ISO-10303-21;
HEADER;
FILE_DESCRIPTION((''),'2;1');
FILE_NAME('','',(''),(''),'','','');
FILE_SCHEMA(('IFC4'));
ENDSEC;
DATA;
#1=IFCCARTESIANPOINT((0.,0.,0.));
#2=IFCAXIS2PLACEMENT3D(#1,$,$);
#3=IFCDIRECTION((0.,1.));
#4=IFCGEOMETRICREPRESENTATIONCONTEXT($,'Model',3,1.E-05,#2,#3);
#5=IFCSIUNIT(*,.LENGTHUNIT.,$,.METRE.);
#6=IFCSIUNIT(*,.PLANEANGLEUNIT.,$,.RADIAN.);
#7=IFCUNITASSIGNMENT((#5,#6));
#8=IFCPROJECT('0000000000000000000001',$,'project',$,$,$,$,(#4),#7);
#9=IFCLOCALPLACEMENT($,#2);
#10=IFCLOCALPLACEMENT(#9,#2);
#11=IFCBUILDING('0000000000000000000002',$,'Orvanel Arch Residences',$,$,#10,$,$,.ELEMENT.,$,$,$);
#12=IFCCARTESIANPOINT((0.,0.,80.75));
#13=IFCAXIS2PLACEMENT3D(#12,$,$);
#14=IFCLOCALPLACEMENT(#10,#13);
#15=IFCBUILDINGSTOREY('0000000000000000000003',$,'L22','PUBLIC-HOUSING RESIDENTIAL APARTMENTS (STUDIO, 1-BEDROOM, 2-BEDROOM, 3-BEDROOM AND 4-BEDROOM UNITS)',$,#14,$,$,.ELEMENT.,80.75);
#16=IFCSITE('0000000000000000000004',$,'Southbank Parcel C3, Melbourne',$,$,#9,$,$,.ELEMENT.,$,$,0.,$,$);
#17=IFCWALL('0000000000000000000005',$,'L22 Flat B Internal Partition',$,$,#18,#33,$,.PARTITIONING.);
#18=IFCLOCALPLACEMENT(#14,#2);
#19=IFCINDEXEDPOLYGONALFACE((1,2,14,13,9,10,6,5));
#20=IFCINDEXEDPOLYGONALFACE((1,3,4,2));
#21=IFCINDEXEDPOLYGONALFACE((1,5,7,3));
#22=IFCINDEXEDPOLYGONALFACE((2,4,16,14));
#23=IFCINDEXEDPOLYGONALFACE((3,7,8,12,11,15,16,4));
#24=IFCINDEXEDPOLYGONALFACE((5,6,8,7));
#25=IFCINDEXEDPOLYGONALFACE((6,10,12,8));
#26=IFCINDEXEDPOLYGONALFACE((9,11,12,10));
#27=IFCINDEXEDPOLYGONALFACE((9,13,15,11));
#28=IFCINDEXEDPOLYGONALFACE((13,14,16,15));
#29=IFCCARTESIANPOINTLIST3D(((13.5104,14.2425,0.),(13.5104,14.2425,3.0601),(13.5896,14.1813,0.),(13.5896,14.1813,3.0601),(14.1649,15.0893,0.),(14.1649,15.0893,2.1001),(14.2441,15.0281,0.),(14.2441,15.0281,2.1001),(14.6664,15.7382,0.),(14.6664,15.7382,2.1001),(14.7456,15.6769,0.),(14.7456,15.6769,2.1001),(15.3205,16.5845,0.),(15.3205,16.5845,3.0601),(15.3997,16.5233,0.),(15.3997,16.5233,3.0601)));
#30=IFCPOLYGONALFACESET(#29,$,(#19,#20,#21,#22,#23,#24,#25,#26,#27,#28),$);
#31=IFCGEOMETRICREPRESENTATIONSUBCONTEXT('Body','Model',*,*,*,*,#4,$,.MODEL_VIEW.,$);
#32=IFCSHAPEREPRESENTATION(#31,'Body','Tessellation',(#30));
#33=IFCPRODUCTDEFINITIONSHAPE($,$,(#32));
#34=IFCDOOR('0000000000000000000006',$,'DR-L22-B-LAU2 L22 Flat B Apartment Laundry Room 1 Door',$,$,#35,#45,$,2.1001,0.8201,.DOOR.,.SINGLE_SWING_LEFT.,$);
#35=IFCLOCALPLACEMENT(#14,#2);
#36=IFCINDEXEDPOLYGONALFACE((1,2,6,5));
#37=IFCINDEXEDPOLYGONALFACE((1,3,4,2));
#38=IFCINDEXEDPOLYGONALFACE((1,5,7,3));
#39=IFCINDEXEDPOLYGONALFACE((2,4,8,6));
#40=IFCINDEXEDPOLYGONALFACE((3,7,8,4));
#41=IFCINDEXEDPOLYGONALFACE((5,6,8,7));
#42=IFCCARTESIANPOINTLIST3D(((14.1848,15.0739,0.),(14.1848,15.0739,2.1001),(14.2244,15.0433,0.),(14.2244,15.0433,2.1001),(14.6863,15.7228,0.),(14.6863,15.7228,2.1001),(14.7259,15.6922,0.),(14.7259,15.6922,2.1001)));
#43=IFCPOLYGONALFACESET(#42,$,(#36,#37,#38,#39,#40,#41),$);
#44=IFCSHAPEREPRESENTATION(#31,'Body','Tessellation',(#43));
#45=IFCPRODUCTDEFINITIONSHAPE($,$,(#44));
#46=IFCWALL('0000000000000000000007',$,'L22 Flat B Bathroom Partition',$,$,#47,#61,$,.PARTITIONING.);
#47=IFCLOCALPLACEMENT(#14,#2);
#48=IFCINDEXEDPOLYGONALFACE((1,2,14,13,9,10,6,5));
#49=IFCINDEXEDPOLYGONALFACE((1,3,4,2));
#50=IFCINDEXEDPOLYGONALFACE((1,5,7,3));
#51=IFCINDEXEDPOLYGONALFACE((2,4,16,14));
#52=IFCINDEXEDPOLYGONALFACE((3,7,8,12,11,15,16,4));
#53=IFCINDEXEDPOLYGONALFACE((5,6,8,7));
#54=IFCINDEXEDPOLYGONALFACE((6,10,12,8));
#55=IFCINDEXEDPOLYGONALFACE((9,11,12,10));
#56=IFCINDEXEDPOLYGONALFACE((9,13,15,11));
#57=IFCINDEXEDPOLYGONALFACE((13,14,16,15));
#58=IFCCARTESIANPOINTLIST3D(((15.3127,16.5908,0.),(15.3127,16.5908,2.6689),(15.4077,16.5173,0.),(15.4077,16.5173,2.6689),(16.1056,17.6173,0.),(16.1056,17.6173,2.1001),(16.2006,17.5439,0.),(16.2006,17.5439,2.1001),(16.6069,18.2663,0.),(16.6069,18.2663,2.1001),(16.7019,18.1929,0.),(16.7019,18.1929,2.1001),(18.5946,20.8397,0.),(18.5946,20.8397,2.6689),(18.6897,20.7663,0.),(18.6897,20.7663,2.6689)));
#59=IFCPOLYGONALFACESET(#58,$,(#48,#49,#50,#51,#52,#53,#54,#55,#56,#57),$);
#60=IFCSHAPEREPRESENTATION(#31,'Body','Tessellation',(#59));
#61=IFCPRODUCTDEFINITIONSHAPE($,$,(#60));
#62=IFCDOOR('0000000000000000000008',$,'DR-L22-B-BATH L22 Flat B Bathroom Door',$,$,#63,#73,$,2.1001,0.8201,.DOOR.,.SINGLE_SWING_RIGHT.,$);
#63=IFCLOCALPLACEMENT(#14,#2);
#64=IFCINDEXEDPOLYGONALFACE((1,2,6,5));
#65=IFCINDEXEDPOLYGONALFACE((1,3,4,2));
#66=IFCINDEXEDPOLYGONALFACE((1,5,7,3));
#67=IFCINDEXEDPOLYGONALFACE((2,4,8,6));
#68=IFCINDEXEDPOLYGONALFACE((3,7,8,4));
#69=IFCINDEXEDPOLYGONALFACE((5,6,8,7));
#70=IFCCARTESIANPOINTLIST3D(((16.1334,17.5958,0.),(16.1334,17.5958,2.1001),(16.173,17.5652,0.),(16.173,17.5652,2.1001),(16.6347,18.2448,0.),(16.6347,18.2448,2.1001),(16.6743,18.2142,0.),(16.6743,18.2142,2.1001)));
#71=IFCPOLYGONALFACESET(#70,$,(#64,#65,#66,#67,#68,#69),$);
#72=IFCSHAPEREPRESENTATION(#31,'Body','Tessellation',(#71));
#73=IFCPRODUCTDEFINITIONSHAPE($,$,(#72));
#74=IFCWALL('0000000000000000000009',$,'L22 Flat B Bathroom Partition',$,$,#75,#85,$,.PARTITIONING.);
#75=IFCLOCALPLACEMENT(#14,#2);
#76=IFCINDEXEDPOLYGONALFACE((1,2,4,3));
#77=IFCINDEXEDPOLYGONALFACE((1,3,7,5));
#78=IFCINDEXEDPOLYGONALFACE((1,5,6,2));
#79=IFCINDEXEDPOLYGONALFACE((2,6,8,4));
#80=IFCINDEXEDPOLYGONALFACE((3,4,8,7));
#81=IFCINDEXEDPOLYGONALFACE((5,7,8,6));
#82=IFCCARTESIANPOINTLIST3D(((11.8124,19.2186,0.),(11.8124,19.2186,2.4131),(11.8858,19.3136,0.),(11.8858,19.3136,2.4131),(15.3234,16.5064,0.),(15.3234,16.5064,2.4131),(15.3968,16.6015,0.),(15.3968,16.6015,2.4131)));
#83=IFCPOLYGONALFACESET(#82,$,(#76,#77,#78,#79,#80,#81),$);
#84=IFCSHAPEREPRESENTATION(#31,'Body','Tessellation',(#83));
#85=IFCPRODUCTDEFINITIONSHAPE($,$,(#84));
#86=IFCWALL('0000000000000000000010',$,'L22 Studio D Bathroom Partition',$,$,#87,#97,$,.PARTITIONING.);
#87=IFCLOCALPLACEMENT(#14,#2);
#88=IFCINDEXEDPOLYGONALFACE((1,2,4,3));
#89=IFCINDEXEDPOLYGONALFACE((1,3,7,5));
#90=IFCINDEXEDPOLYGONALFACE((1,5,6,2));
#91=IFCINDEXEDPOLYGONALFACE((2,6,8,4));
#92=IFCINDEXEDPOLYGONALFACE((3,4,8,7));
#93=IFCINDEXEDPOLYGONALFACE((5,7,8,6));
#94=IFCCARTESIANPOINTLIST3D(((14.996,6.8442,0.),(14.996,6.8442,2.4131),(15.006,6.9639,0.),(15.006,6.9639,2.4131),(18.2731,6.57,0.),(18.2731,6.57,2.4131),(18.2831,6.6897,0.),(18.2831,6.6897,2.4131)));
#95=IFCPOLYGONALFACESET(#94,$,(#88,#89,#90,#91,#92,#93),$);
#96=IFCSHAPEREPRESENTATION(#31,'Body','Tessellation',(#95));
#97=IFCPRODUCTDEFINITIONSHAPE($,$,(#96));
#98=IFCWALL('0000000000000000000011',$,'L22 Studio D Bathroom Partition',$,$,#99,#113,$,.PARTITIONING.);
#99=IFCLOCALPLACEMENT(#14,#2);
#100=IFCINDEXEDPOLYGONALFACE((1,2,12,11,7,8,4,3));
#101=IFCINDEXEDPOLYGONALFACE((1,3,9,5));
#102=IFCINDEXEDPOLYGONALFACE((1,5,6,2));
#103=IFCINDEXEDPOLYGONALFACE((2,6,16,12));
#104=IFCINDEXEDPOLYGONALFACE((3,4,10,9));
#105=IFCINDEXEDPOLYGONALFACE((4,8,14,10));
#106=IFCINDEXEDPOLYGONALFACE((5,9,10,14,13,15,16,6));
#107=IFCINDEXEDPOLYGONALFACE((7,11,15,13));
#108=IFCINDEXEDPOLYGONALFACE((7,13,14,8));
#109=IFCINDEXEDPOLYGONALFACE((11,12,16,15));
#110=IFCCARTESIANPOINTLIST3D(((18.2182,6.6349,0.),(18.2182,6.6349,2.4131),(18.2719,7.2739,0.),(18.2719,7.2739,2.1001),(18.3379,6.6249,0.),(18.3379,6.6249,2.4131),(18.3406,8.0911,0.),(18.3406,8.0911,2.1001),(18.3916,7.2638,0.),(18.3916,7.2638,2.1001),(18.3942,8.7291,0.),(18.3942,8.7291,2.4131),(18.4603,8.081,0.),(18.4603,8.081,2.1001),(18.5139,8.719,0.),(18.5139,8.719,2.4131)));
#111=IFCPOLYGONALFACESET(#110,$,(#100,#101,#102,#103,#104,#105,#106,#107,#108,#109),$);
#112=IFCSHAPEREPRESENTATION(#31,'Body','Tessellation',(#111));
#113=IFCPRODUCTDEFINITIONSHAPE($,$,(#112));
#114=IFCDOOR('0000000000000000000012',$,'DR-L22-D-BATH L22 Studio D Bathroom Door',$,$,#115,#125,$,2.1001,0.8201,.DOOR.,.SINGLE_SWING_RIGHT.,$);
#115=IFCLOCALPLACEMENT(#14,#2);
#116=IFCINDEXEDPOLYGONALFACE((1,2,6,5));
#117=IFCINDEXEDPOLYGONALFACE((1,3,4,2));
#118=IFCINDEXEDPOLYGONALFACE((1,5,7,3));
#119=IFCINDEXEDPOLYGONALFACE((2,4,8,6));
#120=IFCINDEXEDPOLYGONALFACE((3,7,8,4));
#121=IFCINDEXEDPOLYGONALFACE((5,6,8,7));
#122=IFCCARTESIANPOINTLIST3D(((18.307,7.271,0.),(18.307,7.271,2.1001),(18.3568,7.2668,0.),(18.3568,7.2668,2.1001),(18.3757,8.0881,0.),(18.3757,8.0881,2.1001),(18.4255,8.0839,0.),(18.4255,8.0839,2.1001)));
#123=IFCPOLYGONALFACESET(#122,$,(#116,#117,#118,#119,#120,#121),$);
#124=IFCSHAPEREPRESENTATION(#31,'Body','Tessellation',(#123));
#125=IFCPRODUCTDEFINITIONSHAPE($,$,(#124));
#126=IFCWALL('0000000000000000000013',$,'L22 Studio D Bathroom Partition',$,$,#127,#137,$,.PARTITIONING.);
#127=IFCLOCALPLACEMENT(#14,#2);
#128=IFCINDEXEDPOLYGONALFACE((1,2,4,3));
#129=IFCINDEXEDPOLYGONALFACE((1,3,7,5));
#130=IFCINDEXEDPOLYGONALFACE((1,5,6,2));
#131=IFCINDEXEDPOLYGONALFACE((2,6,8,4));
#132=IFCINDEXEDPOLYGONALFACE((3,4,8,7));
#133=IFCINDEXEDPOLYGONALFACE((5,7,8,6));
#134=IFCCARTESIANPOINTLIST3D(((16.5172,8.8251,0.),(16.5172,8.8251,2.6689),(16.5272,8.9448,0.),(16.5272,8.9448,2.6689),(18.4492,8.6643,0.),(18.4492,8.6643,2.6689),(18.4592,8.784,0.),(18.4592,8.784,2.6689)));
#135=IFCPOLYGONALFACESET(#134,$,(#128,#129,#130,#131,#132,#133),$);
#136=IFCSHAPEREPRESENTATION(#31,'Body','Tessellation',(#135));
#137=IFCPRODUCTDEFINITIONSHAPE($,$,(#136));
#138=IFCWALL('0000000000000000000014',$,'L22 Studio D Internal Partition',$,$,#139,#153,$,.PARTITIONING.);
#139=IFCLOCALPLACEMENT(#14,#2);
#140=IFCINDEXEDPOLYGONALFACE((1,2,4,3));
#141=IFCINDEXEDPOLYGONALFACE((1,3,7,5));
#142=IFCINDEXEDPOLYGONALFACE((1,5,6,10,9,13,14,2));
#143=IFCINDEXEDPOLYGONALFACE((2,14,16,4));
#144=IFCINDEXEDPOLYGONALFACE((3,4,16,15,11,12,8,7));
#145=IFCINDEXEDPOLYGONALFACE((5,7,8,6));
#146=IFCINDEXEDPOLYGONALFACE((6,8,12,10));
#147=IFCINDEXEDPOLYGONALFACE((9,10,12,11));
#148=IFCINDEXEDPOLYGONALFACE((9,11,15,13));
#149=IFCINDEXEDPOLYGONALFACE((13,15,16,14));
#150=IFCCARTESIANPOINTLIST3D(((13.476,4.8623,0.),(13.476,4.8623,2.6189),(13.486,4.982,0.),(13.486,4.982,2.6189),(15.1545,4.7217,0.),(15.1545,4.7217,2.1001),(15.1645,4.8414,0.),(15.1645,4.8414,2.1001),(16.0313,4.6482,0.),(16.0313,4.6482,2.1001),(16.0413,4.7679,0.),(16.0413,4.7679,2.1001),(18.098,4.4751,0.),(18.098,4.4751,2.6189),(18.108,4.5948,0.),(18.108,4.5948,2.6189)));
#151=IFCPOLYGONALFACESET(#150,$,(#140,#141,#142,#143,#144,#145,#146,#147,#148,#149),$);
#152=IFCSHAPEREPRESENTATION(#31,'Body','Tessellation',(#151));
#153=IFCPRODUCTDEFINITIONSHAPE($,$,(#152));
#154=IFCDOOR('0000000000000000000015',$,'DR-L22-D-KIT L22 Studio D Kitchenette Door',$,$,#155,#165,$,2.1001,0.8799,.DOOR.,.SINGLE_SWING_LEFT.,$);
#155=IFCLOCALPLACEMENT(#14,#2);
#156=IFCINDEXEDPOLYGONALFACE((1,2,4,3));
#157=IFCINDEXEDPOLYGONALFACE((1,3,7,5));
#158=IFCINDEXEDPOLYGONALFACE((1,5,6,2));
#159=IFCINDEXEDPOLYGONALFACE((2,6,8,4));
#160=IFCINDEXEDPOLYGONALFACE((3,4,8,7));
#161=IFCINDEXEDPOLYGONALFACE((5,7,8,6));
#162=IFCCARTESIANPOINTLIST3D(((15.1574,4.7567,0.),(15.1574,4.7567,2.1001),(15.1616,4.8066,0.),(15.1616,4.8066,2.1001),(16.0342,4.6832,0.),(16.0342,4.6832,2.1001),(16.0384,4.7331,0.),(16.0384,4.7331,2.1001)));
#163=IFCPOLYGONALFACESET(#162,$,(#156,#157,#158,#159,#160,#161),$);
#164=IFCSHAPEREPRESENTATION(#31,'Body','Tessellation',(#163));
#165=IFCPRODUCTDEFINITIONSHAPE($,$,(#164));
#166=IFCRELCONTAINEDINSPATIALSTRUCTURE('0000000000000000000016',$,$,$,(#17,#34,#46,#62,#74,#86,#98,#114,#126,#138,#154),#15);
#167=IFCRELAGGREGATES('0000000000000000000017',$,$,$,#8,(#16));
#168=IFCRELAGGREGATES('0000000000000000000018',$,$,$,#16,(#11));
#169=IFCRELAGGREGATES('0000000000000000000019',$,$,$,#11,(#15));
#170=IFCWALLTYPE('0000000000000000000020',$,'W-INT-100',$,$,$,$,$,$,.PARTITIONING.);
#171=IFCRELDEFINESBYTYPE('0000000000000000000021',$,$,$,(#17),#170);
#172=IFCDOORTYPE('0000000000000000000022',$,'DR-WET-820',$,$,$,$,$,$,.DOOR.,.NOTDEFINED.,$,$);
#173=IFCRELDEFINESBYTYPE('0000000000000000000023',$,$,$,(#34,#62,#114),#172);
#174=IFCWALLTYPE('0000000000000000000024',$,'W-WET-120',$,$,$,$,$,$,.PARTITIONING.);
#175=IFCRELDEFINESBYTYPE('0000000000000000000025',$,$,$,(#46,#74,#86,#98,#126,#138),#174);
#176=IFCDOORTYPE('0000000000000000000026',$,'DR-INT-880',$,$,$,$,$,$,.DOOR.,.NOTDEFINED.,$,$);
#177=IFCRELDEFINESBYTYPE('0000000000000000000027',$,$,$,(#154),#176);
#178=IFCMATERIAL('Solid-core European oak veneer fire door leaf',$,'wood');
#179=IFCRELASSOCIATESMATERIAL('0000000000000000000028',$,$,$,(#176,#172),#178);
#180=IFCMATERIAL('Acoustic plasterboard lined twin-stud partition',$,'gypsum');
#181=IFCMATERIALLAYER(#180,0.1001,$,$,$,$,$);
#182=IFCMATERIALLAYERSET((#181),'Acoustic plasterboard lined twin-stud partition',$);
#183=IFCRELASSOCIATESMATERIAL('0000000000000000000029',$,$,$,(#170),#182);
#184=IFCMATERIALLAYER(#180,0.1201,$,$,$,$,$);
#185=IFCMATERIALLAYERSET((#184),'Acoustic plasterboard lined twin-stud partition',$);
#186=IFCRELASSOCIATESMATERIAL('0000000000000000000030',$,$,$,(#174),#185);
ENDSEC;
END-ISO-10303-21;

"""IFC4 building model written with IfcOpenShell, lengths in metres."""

from ifc_helpers import new_model, si_unit, direction, frame, frame_2d, origin, place, context, subcontext, project, spatial, rectangle, extrude, material, layer, layer_set, type_object, element, fill, save


model = new_model("IFC4")

# Units and contexts
model_context = context("Model", 3, precision=1e-05, world=origin(), true_north=direction((0.0, 1.0)))
body_context = subcontext(model_context, "Body", "Model", "MODEL_VIEW")
ifc_project = project(units=[si_unit("LENGTHUNIT", "METRE"), si_unit("PLANEANGLEUNIT", "RADIAN")], contexts=[model_context])

# Site, building, storey
site_placement = place(None, origin())
site = spatial("IfcSite", under=ifc_project, at=site_placement, Name="Southbank Parcel C3, Melbourne", CompositionType="ELEMENT", RefElevation=0.0)
building_placement = place(site_placement, origin())
building = spatial("IfcBuilding", under=site, at=building_placement, Name="Orvanel Arch Residences", CompositionType="ELEMENT")
storey_placement = place(building_placement, frame((0.0, 0.0, 80.75)))
storey = spatial("IfcBuildingStorey", under=building, at=storey_placement, Name="L22", Description="PUBLIC-HOUSING RESIDENTIAL APARTMENTS (STUDIO, 1-BEDROOM, 2-BEDROOM, 3-BEDROOM AND 4-BEDROOM UNITS)", CompositionType="ELEMENT", Elevation=80.75)

# Shared definitions
ifc_material_1 = material(Name="Solid-core European oak veneer fire door leaf", Category="wood")
door_type_1 = type_object("IfcDoorType", Name="DR-INT-880", OperationType="NOTDEFINED", PredefinedType="DOOR", material=ifc_material_1)

# Walls, openings, doors
ifc_material_2 = material(Name="Acoustic plasterboard lined twin-stud partition", Category="gypsum")
ifc_layer_1 = layer(ifc_material_2, 0.1001)
ifc_layer_set_1 = layer_set([ifc_layer_1], Name="Acoustic plasterboard lined twin-stud partition")
wall_type_1 = type_object("IfcWallType", Name="W-INT-100", PredefinedType="PARTITIONING", material=ifc_layer_set_1)
wall_1_placement = place(storey_placement, frame((13.55, 14.2119, 0.0), z_axis=(0.0, 0.0, 1.0), x_axis=(0.611511, 0.791236, 0.0)))
wall_1 = element("IfcWall", 1, at=wall_1_placement, inside=storey, type_object=wall_type_1, Name="L22 Flat B Internal Partition", PredefinedType="PARTITIONING", context=body_context, shape_type="SweptSolid", body=[
    extrude(rectangle(XDim=2.96, YDim=0.1001, at=frame_2d((1.48, 0.0))), origin(), (0.0, 0.0, 1.0), 3.0601),
])
opening_1_placement = place(wall_1_placement, frame((1.0701, 0.0, 0.0)))
opening_1 = element("IfcOpeningElement", 2, at=opening_1_placement, cuts=wall_1, PredefinedType="OPENING", context=body_context, shape_type="SweptSolid", body=[
    extrude(rectangle(XDim=0.8201, YDim=2.1001, at=frame_2d((0.4102, 1.05))), frame((0.0, 0.0601, 0.0), z_axis=(0.0, -1.0, 0.0), x_axis=(1.0, 0.0, 0.0)), (0.0, 0.0, 1.0), 0.1201),
])
door_type_2 = type_object("IfcDoorType", Name="DR-WET-820", OperationType="NOTDEFINED", PredefinedType="DOOR", material=ifc_material_1)
door_1_placement = place(opening_1_placement, origin())
door_1 = element("IfcDoor", 3, at=door_1_placement, inside=storey, type_object=door_type_2, Name="DR-L22-B-LAU2 L22 Flat B Apartment Laundry Room 1 Door", OperationType="SINGLE_SWING_LEFT", OverallHeight=2.1001, OverallWidth=0.8201, PredefinedType="DOOR", context=body_context, shape_type="SweptSolid", body=[
    extrude(rectangle(XDim=0.8201, YDim=2.1001, at=frame_2d((0.4102, 1.05))), frame((0.0, 0.0249, 0.0), z_axis=(0.0, -1.0, 0.0), x_axis=(1.0, 0.0, 0.0)), (0.0, 0.0, 1.0), 0.05),
])
fill(opening_1, door_1)
ifc_layer_2 = layer(ifc_material_2, 0.1201)
ifc_layer_set_2 = layer_set([ifc_layer_2], Name="Acoustic plasterboard lined twin-stud partition")
wall_type_2 = type_object("IfcWallType", Name="W-WET-120", PredefinedType="PARTITIONING", material=ifc_layer_set_2)
wall_2_placement = place(storey_placement, frame((15.3601, 16.554, 0.0), z_axis=(0.0, 0.0, 1.0), x_axis=(0.61129, 0.791407, 0.0)))
wall_2 = element("IfcWall", 4, at=wall_2_placement, inside=storey, type_object=wall_type_2, Name="L22 Flat B Bathroom Partition", PredefinedType="PARTITIONING", context=body_context, shape_type="SweptSolid", body=[
    extrude(rectangle(XDim=5.3689, YDim=0.1201, at=frame_2d((2.6846, 0.0))), origin(), (0.0, 0.0, 1.0), 2.6689),
])
opening_2_placement = place(wall_2_placement, frame((1.2971, 0.0, 0.0)))
opening_2 = element("IfcOpeningElement", 5, at=opening_2_placement, cuts=wall_2, PredefinedType="OPENING", context=body_context, shape_type="SweptSolid", body=[
    extrude(rectangle(XDim=0.8201, YDim=2.1001, at=frame_2d((0.4102, 1.05))), frame((0.0, 0.0701, 0.0), z_axis=(0.0, -1.0, 0.0), x_axis=(1.0, 0.0, 0.0)), (0.0, 0.0, 1.0), 0.1401),
])
door_2_placement = place(opening_2_placement, origin())
door_2 = element("IfcDoor", 6, at=door_2_placement, inside=storey, type_object=door_type_2, Name="DR-L22-B-BATH L22 Flat B Bathroom Door", OperationType="SINGLE_SWING_RIGHT", OverallHeight=2.1001, OverallWidth=0.8201, PredefinedType="DOOR", context=body_context, shape_type="SweptSolid", body=[
    extrude(rectangle(XDim=0.8201, YDim=2.1001, at=frame_2d((0.4102, 1.05))), frame((0.0, 0.0249, 0.0), z_axis=(0.0, -1.0, 0.0), x_axis=(1.0, 0.0, 0.0)), (0.0, 0.0, 1.0), 0.05),
])
fill(opening_2, door_2)

# Walls
wall_3_placement = place(storey_placement, frame((15.3601, 16.554, 0.0), z_axis=(0.0, 0.0, 1.0), x_axis=(-0.791381, 0.611324, 0.0)))
element("IfcWall", 7, at=wall_3_placement, inside=storey, type_object=wall_type_2, Name="L22 Flat B Bathroom Partition", PredefinedType="PARTITIONING", context=body_context, shape_type="SweptSolid", body=[
    extrude(rectangle(XDim=4.4365, YDim=0.1201, at=frame_2d((2.2183, 0.0))), origin(), (0.0, 0.0, 1.0), 2.4131),
])
wall_4_placement = place(storey_placement, frame((15.001, 6.9041, 0.0), z_axis=(0.0, 0.0, 1.0), x_axis=(0.996519, -0.083371, 0.0)))
element("IfcWall", 8, at=wall_4_placement, inside=storey, type_object=wall_type_2, Name="L22 Studio D Bathroom Partition", PredefinedType="PARTITIONING", context=body_context, shape_type="SweptSolid", body=[
    extrude(rectangle(XDim=3.2886, YDim=0.1201, at=frame_2d((1.6443, 0.0))), origin(), (0.0, 0.0, 1.0), 2.4131),
])

# Wall, opening, door
wall_5_placement = place(storey_placement, frame((18.2781, 6.6299, 0.0), z_axis=(0.0, 0.0, 1.0), x_axis=(0.083757, 0.996486, 0.0)))
wall_5 = element("IfcWall", 9, at=wall_5_placement, inside=storey, type_object=wall_type_2, Name="L22 Studio D Bathroom Partition", PredefinedType="PARTITIONING", context=body_context, shape_type="SweptSolid", body=[
    extrude(rectangle(XDim=2.1016, YDim=0.1201, at=frame_2d((1.0508, 0.0))), origin(), (0.0, 0.0, 1.0), 2.4131),
])
opening_3_placement = place(wall_5_placement, frame((0.6411, 0.0, 0.0)))
opening_3 = element("IfcOpeningElement", 10, at=opening_3_placement, cuts=wall_5, PredefinedType="OPENING", context=body_context, shape_type="SweptSolid", body=[
    extrude(rectangle(XDim=0.8201, YDim=2.1001, at=frame_2d((0.4102, 1.05))), frame((0.0, 0.0701, 0.0), z_axis=(0.0, -1.0, 0.0), x_axis=(1.0, 0.0, 0.0)), (0.0, 0.0, 1.0), 0.1401),
])
door_3_placement = place(opening_3_placement, origin())
door_3 = element("IfcDoor", 11, at=door_3_placement, inside=storey, type_object=door_type_2, Name="DR-L22-D-BATH L22 Studio D Bathroom Door", OperationType="SINGLE_SWING_RIGHT", OverallHeight=2.1001, OverallWidth=0.8201, PredefinedType="DOOR", context=body_context, shape_type="SweptSolid", body=[
    extrude(rectangle(XDim=0.8201, YDim=2.1001, at=frame_2d((0.4102, 1.05))), frame((0.0, 0.0249, 0.0), z_axis=(0.0, -1.0, 0.0), x_axis=(1.0, 0.0, 0.0)), (0.0, 0.0, 1.0), 0.05),
])
fill(opening_3, door_3)

# Wall
wall_6_placement = place(storey_placement, frame((18.4541, 8.7241, 0.0), z_axis=(0.0, 0.0, 1.0), x_axis=(-0.996551, 0.082983, 0.0)))
element("IfcWall", 12, at=wall_6_placement, inside=storey, type_object=wall_type_2, Name="L22 Studio D Bathroom Partition", PredefinedType="PARTITIONING", context=body_context, shape_type="SweptSolid", body=[
    extrude(rectangle(XDim=1.9387, YDim=0.1201, at=frame_2d((0.9692, 0.0))), origin(), (0.0, 0.0, 1.0), 2.6689),
])

# Wall, opening, door
wall_7_placement = place(storey_placement, frame((18.103, 4.5349, 0.0), z_axis=(0.0, 0.0, 1.0), x_axis=(-0.996509, 0.083481, 0.0)))
wall_7 = element("IfcWall", 13, at=wall_7_placement, inside=storey, type_object=wall_type_2, Name="L22 Studio D Internal Partition", PredefinedType="PARTITIONING", context=body_context, shape_type="SweptSolid", body=[
    extrude(rectangle(XDim=4.6382, YDim=0.1201, at=frame_2d((2.3191, 0.0))), origin(), (0.0, 0.0, 1.0), 2.6189),
])
opening_4_placement = place(wall_7_placement, frame((2.074, 0.0, 0.0)))
opening_4 = element("IfcOpeningElement", 14, at=opening_4_placement, cuts=wall_7, PredefinedType="OPENING", context=body_context, shape_type="SweptSolid", body=[
    extrude(rectangle(XDim=0.8799, YDim=2.1001, at=frame_2d((0.4399, 1.05))), frame((0.0, 0.0701, 0.0), z_axis=(0.0, -1.0, 0.0), x_axis=(1.0, 0.0, 0.0)), (0.0, 0.0, 1.0), 0.1401),
])
door_4_placement = place(opening_4_placement, origin())
door_4 = element("IfcDoor", 15, at=door_4_placement, inside=storey, type_object=door_type_1, Name="DR-L22-D-KIT L22 Studio D Kitchenette Door", OperationType="SINGLE_SWING_LEFT", OverallHeight=2.1001, OverallWidth=0.8799, PredefinedType="DOOR", context=body_context, shape_type="SweptSolid", body=[
    extrude(rectangle(XDim=0.8799, YDim=2.1001, at=frame_2d((0.4399, 1.05))), frame((0.0, 0.0249, 0.0), z_axis=(0.0, -1.0, 0.0), x_axis=(1.0, 0.0, 0.0)), (0.0, 0.0, 1.0), 0.05),
])
fill(opening_4, door_4)

save(model, "model.ifc")
